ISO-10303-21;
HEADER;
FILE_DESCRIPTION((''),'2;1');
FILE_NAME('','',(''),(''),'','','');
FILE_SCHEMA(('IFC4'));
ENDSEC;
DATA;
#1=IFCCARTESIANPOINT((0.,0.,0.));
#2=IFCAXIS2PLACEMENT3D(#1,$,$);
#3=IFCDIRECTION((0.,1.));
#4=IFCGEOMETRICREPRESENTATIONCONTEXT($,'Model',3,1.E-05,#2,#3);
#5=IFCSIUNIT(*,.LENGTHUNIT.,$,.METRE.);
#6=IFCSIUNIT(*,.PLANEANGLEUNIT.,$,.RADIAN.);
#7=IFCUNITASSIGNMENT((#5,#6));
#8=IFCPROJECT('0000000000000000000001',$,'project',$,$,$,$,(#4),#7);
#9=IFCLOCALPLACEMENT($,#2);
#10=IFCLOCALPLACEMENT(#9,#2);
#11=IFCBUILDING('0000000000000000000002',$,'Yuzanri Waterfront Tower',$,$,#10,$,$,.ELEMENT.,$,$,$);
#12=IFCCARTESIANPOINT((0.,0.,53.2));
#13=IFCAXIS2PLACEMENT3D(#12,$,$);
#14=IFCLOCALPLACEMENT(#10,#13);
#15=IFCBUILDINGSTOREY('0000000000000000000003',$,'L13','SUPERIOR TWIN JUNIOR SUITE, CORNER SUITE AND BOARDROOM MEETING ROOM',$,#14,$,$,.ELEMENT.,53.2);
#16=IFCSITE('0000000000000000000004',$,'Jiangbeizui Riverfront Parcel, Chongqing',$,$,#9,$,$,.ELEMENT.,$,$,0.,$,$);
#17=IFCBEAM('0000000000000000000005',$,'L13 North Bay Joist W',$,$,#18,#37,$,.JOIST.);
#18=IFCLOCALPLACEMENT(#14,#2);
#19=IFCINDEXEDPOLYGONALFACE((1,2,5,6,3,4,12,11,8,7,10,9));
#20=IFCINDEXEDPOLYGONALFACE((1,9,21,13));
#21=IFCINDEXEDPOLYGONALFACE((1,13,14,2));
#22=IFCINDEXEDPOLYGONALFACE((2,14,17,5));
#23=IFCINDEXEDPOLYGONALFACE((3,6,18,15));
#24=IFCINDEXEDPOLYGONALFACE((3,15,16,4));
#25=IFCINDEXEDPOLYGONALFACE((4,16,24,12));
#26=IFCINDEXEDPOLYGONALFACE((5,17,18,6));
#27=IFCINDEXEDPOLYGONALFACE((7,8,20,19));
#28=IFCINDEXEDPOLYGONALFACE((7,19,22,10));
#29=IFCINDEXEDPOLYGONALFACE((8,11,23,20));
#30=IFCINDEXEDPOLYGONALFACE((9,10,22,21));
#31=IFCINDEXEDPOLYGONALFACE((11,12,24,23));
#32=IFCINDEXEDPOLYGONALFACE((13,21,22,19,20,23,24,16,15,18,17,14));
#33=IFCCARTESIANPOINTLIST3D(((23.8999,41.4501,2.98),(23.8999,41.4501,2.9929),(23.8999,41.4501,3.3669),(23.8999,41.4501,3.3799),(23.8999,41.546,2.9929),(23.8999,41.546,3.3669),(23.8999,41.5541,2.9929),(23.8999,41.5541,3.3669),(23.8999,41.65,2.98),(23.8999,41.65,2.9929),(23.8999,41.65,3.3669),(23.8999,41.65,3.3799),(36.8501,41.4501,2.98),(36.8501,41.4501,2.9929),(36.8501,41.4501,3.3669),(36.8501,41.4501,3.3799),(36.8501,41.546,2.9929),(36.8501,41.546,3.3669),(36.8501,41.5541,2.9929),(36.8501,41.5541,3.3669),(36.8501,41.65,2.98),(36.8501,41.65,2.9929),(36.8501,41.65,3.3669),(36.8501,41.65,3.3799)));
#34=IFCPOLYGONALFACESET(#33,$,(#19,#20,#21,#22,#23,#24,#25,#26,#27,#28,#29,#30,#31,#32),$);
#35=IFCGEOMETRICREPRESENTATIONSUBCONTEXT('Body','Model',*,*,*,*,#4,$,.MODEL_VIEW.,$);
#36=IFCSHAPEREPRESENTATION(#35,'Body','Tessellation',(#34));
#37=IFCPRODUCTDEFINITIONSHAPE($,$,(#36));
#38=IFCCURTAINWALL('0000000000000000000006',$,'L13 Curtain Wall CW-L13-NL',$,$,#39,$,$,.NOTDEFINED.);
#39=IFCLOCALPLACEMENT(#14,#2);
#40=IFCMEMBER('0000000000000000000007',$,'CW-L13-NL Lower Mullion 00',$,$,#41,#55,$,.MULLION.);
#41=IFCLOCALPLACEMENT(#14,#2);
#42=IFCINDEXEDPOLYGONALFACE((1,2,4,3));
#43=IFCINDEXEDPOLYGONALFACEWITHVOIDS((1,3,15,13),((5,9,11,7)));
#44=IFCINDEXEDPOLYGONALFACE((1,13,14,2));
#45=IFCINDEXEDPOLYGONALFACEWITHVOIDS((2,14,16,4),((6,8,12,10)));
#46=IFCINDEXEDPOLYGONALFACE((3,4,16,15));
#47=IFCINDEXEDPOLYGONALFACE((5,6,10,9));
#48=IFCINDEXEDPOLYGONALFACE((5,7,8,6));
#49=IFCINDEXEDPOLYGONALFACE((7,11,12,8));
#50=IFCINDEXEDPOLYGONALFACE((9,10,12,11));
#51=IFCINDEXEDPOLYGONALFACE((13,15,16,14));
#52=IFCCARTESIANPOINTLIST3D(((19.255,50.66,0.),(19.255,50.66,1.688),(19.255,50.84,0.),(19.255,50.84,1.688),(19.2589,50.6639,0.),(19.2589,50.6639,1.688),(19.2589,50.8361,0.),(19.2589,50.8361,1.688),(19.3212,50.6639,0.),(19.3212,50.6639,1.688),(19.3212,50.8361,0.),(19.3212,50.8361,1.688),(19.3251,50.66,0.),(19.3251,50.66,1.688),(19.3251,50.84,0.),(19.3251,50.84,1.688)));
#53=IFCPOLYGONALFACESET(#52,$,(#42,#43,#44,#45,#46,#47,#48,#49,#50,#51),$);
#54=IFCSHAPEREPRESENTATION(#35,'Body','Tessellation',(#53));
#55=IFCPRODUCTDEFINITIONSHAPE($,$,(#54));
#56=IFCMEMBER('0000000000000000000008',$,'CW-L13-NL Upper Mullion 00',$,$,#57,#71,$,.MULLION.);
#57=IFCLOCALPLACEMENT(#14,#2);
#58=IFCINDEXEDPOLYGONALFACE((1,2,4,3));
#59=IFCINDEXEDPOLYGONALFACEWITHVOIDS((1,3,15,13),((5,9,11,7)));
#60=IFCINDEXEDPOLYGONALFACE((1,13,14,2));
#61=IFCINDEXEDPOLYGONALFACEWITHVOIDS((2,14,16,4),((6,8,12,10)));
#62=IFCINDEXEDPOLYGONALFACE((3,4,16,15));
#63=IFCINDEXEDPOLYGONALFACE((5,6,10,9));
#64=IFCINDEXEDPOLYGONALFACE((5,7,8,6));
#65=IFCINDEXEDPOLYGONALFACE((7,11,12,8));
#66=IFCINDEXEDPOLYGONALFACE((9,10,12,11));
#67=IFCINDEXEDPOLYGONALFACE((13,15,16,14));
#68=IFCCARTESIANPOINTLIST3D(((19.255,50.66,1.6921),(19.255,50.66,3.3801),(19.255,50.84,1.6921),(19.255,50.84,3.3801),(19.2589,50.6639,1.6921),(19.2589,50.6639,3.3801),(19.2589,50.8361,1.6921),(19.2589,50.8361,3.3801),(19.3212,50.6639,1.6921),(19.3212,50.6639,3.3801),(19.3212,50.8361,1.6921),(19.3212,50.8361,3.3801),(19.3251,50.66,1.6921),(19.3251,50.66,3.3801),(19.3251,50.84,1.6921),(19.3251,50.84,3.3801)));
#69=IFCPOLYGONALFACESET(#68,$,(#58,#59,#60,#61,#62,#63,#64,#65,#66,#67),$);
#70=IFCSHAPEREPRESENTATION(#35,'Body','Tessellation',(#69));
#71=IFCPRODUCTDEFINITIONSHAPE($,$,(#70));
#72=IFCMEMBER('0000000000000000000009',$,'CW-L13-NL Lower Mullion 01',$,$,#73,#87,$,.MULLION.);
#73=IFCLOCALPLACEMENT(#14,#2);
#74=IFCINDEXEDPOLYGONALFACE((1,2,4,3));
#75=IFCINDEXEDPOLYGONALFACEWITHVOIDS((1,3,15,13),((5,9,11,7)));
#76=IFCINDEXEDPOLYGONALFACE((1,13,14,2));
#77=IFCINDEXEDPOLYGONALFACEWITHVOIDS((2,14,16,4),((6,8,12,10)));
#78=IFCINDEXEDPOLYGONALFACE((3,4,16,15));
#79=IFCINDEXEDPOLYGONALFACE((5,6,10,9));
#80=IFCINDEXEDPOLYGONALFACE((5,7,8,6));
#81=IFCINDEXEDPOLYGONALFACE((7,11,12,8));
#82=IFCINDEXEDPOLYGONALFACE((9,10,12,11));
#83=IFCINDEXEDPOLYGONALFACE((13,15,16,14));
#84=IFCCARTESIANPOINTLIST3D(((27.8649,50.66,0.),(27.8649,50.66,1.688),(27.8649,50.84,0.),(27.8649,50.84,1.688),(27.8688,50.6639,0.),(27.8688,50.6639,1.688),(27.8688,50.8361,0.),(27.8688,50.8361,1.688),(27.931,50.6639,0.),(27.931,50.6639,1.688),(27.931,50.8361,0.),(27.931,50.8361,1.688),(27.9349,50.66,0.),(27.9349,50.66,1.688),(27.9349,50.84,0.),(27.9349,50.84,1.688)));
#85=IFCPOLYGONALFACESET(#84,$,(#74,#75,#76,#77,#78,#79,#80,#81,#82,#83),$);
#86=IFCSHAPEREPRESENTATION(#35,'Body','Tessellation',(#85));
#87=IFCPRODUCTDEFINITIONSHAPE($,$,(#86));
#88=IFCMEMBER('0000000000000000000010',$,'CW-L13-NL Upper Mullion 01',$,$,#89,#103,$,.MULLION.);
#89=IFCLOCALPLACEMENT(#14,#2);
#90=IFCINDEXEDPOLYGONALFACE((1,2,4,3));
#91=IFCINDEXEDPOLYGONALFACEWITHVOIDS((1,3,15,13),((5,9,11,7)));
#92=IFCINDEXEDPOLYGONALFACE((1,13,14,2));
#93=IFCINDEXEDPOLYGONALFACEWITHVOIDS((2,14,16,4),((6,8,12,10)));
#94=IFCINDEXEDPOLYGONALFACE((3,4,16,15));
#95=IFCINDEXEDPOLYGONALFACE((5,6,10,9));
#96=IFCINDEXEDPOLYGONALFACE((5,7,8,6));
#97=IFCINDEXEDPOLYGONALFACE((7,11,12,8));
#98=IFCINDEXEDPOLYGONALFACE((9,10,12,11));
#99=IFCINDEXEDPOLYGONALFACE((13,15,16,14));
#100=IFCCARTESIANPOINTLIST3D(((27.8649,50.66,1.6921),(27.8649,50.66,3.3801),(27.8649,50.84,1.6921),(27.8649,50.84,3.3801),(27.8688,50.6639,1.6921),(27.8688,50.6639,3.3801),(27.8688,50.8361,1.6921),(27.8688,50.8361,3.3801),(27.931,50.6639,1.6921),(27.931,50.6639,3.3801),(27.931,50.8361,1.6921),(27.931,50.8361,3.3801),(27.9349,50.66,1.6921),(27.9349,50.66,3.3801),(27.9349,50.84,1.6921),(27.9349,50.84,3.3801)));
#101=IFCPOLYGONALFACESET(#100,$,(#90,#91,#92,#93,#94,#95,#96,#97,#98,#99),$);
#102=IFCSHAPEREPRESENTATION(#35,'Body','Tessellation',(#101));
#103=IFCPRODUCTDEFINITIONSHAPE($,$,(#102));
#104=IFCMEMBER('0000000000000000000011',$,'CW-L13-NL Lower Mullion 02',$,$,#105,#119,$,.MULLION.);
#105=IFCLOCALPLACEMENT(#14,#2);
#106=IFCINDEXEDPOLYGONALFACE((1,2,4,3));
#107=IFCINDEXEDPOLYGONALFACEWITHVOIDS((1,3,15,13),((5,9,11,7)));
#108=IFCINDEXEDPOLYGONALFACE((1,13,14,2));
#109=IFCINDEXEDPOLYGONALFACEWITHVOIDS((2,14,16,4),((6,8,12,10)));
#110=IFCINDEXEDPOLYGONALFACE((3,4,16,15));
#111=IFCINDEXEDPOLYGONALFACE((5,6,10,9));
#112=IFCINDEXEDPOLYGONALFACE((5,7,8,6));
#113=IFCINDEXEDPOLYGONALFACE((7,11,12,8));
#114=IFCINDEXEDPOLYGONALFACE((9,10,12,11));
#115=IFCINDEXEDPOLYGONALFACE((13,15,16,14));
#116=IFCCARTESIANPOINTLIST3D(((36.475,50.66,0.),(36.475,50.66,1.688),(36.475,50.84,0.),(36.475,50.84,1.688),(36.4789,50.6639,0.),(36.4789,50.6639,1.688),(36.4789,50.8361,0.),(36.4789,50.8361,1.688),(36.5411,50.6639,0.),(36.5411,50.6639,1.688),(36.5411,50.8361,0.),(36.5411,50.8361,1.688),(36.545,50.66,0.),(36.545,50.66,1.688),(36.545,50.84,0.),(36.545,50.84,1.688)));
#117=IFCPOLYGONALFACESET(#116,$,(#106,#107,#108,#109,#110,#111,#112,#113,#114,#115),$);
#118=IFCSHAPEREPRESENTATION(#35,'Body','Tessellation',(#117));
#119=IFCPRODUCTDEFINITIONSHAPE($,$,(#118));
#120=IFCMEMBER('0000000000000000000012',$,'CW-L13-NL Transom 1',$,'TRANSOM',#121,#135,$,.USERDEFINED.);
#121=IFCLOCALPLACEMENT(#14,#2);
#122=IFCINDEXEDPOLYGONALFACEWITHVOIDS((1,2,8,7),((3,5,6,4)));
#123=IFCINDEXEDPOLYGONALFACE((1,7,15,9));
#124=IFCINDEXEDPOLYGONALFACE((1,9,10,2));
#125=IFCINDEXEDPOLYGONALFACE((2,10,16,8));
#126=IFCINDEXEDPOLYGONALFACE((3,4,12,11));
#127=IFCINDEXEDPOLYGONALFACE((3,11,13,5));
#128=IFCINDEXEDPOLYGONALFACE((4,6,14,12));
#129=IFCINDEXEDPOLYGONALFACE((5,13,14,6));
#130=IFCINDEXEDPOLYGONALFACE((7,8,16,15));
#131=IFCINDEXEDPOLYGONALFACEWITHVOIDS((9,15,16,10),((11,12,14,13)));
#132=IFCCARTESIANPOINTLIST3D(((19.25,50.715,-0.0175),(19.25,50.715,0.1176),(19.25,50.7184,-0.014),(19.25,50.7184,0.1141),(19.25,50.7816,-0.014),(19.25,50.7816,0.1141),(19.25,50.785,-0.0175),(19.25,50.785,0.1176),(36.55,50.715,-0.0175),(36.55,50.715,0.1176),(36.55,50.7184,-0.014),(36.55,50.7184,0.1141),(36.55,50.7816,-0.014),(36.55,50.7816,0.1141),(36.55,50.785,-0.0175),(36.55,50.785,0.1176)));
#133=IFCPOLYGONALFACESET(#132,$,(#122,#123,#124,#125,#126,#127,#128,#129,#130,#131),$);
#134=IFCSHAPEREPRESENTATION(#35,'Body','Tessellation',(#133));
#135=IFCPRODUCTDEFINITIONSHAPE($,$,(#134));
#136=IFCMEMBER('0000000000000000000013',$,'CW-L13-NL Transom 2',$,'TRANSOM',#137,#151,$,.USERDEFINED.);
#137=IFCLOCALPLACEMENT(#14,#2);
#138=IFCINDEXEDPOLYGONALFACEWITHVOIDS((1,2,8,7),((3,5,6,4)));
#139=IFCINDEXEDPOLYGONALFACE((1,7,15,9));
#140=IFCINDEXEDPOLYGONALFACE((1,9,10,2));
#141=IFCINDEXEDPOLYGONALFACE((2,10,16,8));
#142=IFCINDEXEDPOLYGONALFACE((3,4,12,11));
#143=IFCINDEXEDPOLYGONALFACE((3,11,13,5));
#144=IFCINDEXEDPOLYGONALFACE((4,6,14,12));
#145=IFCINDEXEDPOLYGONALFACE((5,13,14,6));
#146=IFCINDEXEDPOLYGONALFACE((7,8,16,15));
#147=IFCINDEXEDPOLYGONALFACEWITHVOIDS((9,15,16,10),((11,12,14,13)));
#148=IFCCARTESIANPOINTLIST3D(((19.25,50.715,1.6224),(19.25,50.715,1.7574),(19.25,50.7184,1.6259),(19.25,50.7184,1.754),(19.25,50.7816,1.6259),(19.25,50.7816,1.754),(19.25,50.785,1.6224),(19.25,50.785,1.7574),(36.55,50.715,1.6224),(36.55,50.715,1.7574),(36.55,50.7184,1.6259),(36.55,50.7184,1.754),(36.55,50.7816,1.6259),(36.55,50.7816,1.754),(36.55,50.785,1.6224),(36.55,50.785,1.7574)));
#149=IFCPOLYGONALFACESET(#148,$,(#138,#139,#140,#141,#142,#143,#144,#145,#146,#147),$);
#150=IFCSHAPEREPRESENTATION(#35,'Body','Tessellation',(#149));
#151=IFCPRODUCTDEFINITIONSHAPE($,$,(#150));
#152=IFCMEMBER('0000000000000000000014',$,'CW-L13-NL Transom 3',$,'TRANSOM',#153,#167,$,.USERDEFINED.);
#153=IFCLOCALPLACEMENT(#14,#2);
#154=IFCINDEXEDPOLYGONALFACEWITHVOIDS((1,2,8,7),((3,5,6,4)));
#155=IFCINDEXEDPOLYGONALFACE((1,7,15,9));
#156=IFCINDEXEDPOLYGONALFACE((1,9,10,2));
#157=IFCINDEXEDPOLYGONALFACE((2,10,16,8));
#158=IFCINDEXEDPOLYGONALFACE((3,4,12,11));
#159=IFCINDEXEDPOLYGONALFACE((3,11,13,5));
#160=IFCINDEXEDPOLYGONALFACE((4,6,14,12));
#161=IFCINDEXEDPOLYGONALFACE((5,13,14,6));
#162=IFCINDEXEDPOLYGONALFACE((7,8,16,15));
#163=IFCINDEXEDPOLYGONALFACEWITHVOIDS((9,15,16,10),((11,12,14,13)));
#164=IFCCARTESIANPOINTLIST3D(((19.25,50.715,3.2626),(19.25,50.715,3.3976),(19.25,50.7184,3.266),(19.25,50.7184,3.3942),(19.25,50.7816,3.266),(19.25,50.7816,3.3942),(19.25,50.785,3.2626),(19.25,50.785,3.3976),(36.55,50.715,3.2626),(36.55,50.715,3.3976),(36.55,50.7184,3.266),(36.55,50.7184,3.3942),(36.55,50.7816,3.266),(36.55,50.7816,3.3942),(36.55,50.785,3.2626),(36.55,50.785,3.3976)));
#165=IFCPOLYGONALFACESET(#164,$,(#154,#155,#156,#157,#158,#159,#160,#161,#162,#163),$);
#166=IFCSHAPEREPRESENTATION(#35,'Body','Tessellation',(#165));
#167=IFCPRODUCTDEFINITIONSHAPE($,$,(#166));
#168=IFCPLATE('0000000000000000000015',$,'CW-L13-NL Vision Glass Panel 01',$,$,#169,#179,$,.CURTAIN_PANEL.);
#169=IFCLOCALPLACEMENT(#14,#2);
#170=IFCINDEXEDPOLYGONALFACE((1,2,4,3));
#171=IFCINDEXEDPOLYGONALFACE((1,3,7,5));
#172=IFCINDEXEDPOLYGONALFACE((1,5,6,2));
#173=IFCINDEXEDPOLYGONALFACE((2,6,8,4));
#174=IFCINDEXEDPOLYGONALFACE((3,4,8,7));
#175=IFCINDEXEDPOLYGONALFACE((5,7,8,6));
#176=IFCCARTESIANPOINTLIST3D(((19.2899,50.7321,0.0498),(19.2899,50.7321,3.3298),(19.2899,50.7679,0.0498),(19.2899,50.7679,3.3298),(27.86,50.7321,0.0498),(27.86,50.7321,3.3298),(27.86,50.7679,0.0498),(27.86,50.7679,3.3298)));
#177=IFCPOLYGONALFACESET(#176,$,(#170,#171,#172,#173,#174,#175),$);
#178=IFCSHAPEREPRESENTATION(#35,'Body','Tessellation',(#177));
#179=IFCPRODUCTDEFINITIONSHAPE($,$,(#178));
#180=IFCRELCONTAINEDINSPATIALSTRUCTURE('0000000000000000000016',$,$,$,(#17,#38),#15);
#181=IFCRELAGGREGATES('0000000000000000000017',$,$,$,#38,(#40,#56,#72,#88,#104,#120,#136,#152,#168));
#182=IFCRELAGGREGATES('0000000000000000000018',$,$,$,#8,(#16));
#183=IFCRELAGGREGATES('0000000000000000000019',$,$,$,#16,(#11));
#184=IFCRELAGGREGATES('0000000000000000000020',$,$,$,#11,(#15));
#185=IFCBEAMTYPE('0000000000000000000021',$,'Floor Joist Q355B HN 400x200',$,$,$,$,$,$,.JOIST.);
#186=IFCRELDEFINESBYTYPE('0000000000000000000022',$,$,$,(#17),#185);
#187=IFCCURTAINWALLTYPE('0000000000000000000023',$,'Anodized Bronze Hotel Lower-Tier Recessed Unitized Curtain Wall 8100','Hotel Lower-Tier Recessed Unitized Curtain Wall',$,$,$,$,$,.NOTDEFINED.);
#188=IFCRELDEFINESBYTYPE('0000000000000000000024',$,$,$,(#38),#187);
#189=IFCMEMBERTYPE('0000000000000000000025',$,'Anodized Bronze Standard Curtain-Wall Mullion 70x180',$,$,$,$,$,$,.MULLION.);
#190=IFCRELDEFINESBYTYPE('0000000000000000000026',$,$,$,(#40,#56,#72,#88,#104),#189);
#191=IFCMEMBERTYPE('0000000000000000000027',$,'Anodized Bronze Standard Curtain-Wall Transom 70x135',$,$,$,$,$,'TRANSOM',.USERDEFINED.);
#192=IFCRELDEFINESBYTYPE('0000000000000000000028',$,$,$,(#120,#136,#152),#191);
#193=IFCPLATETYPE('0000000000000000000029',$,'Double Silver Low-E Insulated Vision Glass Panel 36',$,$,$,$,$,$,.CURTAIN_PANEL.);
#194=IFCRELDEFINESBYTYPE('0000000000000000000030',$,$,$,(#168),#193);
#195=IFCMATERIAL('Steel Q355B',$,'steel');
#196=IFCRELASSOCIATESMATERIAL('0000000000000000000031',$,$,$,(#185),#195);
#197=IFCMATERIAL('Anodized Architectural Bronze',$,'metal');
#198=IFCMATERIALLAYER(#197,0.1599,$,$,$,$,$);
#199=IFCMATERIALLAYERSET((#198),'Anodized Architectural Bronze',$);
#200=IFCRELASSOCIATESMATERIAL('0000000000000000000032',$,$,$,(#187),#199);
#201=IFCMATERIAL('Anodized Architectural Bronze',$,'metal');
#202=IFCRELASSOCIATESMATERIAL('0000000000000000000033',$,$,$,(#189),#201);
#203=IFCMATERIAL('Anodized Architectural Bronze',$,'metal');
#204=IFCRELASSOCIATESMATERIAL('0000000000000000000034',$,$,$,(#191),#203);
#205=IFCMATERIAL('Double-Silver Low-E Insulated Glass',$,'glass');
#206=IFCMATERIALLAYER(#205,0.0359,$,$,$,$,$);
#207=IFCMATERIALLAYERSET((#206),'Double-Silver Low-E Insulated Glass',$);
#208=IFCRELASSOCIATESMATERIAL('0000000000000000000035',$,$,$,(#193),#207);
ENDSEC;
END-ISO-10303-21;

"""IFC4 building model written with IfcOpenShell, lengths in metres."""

from ifc_helpers import new_model, si_unit, direction, frame, origin, origin_2d, place, context, subcontext, project, spatial, rectangle, hollow_rectangle, i_section, extrude, source, transform, mapped, material, layer, layer_set, material_profile, profile_set, type_object, element, aggregate, save


model = new_model("IFC4")

# Units and contexts
model_context = context("Model", 3, precision=1e-05, world=origin(), true_north=direction((0.0, 1.0)))
body_context = subcontext(model_context, "Body", "Model", "MODEL_VIEW")
ifc_project = project(units=[si_unit("LENGTHUNIT", "METRE"), si_unit("PLANEANGLEUNIT", "RADIAN")], contexts=[model_context])

# Site, building, storey
site_placement = place(None, origin())
site = spatial("IfcSite", under=ifc_project, at=site_placement, Name="Jiangbeizui Riverfront Parcel, Chongqing", CompositionType="ELEMENT", RefElevation=0.0)
building_placement = place(site_placement, origin())
building = spatial("IfcBuilding", under=site, at=building_placement, Name="Yuzanri Waterfront Tower", CompositionType="ELEMENT")
storey_placement = place(building_placement, frame((0.0, 0.0, 53.2)))
storey = spatial("IfcBuildingStorey", under=building, at=storey_placement, Name="L13", Description="SUPERIOR TWIN JUNIOR SUITE, CORNER SUITE AND BOARDROOM MEETING ROOM", CompositionType="ELEMENT", Elevation=53.2)

# Beam
ifc_material_1 = material(Name="Steel Q355B", Category="steel")
ifc_material_profile_1 = material_profile(ifc_material_1, i_section(OverallWidth=0.2, OverallDepth=0.3999, WebThickness=0.0081, FlangeThickness=0.0129, at=origin_2d()), Name="HN 400x200x8x13")
ifc_profile_set_1 = profile_set([ifc_material_profile_1], Name="Steel Q355B")
beam_type = type_object("IfcBeamType", Name="Floor Joist Q355B HN 400x200", PredefinedType="JOIST", material=ifc_profile_set_1)
shared_shape_1 = source(origin(), body_context, "Body", "SweptSolid", [
    extrude(i_section(OverallWidth=0.2, OverallDepth=0.3999, WebThickness=0.0081, FlangeThickness=0.0129, at=origin_2d()), origin(), (0.0, 0.0, 1.0), 12.9502),
])
beam_placement = place(storey_placement, frame((23.8999, 41.55, 3.1799), z_axis=(1.0, 0.0, 0.0), x_axis=(0.0, 1.0, 0.0)))
element("IfcBeam", 1, at=beam_placement, inside=storey, type_object=beam_type, Name="L13 North Bay Joist W", PredefinedType="JOIST", context=body_context, shape_type="MappedRepresentation", body=[
    mapped(shared_shape_1, transform((0.0, 0.0, 0.0), scale=1.0)),
])

# Curtain wall, members, plate
ifc_material_2 = material(Name="Anodized Architectural Bronze", Category="metal")
ifc_layer_1 = layer(ifc_material_2, 0.1599)
ifc_layer_set_1 = layer_set([ifc_layer_1], Name="Anodized Architectural Bronze")
curtain_wall_type = type_object("IfcCurtainWallType", Name="Anodized Bronze Hotel Lower-Tier Recessed Unitized Curtain Wall 8100", Description="Hotel Lower-Tier Recessed Unitized Curtain Wall", PredefinedType="NOTDEFINED", material=ifc_layer_set_1)
curtain_wall_placement = place(storey_placement, origin())
curtain_wall = element("IfcCurtainWall", 2, at=curtain_wall_placement, inside=storey, type_object=curtain_wall_type, Name="L13 Curtain Wall CW-L13-NL", PredefinedType="NOTDEFINED")
ifc_material_3 = material(Name="Anodized Architectural Bronze", Category="metal")
ifc_material_profile_2 = material_profile(ifc_material_3, hollow_rectangle(XDim=0.0701, YDim=0.1799, WallThickness=0.0039, at=origin_2d()), Name="CWM 70x180")
ifc_profile_set_2 = profile_set([ifc_material_profile_2], Name="Anodized Architectural Bronze")
member_type_1 = type_object("IfcMemberType", Name="Anodized Bronze Standard Curtain-Wall Mullion 70x180", PredefinedType="MULLION", material=ifc_profile_set_2)
shared_shape_2 = source(origin(), body_context, "Body", "SweptSolid", [
    extrude(hollow_rectangle(XDim=0.0701, YDim=0.1799, WallThickness=0.0039, at=origin_2d()), origin(), (0.0, 0.0, 1.0), 1.688),
])
member_1_placement = place(storey_placement, frame((19.29, 50.75, 0.0), z_axis=(0.0, 0.0, 1.0), x_axis=(1.0, 0.0, 0.0)))
member_1 = element("IfcMember", 3, at=member_1_placement, type_object=member_type_1, Name="CW-L13-NL Lower Mullion 00", PredefinedType="MULLION", context=body_context, shape_type="MappedRepresentation", body=[
    mapped(shared_shape_2, transform((0.0, 0.0, 0.0), scale=1.0)),
])
member_2_placement = place(storey_placement, frame((19.29, 50.75, 1.6921), z_axis=(0.0, 0.0, 1.0), x_axis=(1.0, 0.0, 0.0)))
member_2 = element("IfcMember", 4, at=member_2_placement, type_object=member_type_1, Name="CW-L13-NL Upper Mullion 00", PredefinedType="MULLION", context=body_context, shape_type="MappedRepresentation", body=[
    mapped(shared_shape_2, transform((0.0, 0.0, 0.0), scale=1.0)),
])
member_3_placement = place(storey_placement, frame((27.8999, 50.75, 0.0), z_axis=(0.0, 0.0, 1.0), x_axis=(1.0, 0.0, 0.0)))
member_3 = element("IfcMember", 5, at=member_3_placement, type_object=member_type_1, Name="CW-L13-NL Lower Mullion 01", PredefinedType="MULLION", context=body_context, shape_type="MappedRepresentation", body=[
    mapped(shared_shape_2, transform((0.0, 0.0, 0.0), scale=1.0)),
])
member_4_placement = place(storey_placement, frame((27.8999, 50.75, 1.6921), z_axis=(0.0, 0.0, 1.0), x_axis=(1.0, 0.0, 0.0)))
member_4 = element("IfcMember", 6, at=member_4_placement, type_object=member_type_1, Name="CW-L13-NL Upper Mullion 01", PredefinedType="MULLION", context=body_context, shape_type="MappedRepresentation", body=[
    mapped(shared_shape_2, transform((0.0, 0.0, 0.0), scale=1.0)),
])
member_5_placement = place(storey_placement, frame((36.51, 50.75, 0.0), z_axis=(0.0, 0.0, 1.0), x_axis=(1.0, 0.0, 0.0)))
member_5 = element("IfcMember", 7, at=member_5_placement, type_object=member_type_1, Name="CW-L13-NL Lower Mullion 02", PredefinedType="MULLION", context=body_context, shape_type="MappedRepresentation", body=[
    mapped(shared_shape_2, transform((0.0, 0.0, 0.0), scale=1.0)),
])
ifc_material_4 = material(Name="Anodized Architectural Bronze", Category="metal")
ifc_material_profile_3 = material_profile(ifc_material_4, hollow_rectangle(XDim=0.0701, YDim=0.135, WallThickness=0.0034, at=origin_2d()), Name="CWT 70x135")
ifc_profile_set_3 = profile_set([ifc_material_profile_3], Name="Anodized Architectural Bronze")
member_type_2 = type_object("IfcMemberType", Name="Anodized Bronze Standard Curtain-Wall Transom 70x135", ElementType="TRANSOM", PredefinedType="USERDEFINED", material=ifc_profile_set_3)
shared_shape_3 = source(origin(), body_context, "Body", "SweptSolid", [
    extrude(hollow_rectangle(XDim=0.0701, YDim=0.135, WallThickness=0.0034, at=origin_2d()), origin(), (0.0, 0.0, 1.0), 17.3),
])
member_6_placement = place(storey_placement, frame((19.25, 50.75, 0.05), z_axis=(1.0, 0.0, 0.0), x_axis=(0.0, 1.0, 0.0)))
member_6 = element("IfcMember", 8, at=member_6_placement, type_object=member_type_2, Name="CW-L13-NL Transom 1", ObjectType="TRANSOM", PredefinedType="USERDEFINED", context=body_context, shape_type="MappedRepresentation", body=[
    mapped(shared_shape_3, transform((0.0, 0.0, 0.0), scale=1.0)),
])
member_7_placement = place(storey_placement, frame((19.25, 50.75, 1.6899), z_axis=(1.0, 0.0, 0.0), x_axis=(0.0, 1.0, 0.0)))
member_7 = element("IfcMember", 9, at=member_7_placement, type_object=member_type_2, Name="CW-L13-NL Transom 2", ObjectType="TRANSOM", PredefinedType="USERDEFINED", context=body_context, shape_type="MappedRepresentation", body=[
    mapped(shared_shape_3, transform((0.0, 0.0, 0.0), scale=1.0)),
])
member_8_placement = place(storey_placement, frame((19.25, 50.75, 3.3301), z_axis=(1.0, 0.0, 0.0), x_axis=(0.0, 1.0, 0.0)))
member_8 = element("IfcMember", 10, at=member_8_placement, type_object=member_type_2, Name="CW-L13-NL Transom 3", ObjectType="TRANSOM", PredefinedType="USERDEFINED", context=body_context, shape_type="MappedRepresentation", body=[
    mapped(shared_shape_3, transform((0.0, 0.0, 0.0), scale=1.0)),
])
ifc_material_5 = material(Name="Double-Silver Low-E Insulated Glass", Category="glass")
ifc_layer_2 = layer(ifc_material_5, 0.0359)
ifc_layer_set_2 = layer_set([ifc_layer_2], Name="Double-Silver Low-E Insulated Glass")
plate_type = type_object("IfcPlateType", Name="Double Silver Low-E Insulated Vision Glass Panel 36", PredefinedType="CURTAIN_PANEL", material=ifc_layer_set_2)
shared_shape_4 = source(origin(), body_context, "Body", "SweptSolid", [
    extrude(rectangle(XDim=8.5701, YDim=0.0359, at=origin_2d()), origin(), (0.0, 0.0, 1.0), 3.28),
])
plate_1_placement = place(storey_placement, frame((23.575, 50.75, 0.0498), z_axis=(0.0, 0.0, 1.0), x_axis=(1.0, 0.0, 0.0)))
plate_1 = element("IfcPlate", 11, at=plate_1_placement, type_object=plate_type, Name="CW-L13-NL Vision Glass Panel 01", PredefinedType="CURTAIN_PANEL", context=body_context, shape_type="MappedRepresentation", body=[
    mapped(shared_shape_4, transform((0.0, 0.0, 0.0), scale=1.0)),
])
aggregate(curtain_wall, [member_1, member_2, member_3, member_4, member_5, member_6, member_7, member_8, plate_1])

save(model, "model.ifc")
